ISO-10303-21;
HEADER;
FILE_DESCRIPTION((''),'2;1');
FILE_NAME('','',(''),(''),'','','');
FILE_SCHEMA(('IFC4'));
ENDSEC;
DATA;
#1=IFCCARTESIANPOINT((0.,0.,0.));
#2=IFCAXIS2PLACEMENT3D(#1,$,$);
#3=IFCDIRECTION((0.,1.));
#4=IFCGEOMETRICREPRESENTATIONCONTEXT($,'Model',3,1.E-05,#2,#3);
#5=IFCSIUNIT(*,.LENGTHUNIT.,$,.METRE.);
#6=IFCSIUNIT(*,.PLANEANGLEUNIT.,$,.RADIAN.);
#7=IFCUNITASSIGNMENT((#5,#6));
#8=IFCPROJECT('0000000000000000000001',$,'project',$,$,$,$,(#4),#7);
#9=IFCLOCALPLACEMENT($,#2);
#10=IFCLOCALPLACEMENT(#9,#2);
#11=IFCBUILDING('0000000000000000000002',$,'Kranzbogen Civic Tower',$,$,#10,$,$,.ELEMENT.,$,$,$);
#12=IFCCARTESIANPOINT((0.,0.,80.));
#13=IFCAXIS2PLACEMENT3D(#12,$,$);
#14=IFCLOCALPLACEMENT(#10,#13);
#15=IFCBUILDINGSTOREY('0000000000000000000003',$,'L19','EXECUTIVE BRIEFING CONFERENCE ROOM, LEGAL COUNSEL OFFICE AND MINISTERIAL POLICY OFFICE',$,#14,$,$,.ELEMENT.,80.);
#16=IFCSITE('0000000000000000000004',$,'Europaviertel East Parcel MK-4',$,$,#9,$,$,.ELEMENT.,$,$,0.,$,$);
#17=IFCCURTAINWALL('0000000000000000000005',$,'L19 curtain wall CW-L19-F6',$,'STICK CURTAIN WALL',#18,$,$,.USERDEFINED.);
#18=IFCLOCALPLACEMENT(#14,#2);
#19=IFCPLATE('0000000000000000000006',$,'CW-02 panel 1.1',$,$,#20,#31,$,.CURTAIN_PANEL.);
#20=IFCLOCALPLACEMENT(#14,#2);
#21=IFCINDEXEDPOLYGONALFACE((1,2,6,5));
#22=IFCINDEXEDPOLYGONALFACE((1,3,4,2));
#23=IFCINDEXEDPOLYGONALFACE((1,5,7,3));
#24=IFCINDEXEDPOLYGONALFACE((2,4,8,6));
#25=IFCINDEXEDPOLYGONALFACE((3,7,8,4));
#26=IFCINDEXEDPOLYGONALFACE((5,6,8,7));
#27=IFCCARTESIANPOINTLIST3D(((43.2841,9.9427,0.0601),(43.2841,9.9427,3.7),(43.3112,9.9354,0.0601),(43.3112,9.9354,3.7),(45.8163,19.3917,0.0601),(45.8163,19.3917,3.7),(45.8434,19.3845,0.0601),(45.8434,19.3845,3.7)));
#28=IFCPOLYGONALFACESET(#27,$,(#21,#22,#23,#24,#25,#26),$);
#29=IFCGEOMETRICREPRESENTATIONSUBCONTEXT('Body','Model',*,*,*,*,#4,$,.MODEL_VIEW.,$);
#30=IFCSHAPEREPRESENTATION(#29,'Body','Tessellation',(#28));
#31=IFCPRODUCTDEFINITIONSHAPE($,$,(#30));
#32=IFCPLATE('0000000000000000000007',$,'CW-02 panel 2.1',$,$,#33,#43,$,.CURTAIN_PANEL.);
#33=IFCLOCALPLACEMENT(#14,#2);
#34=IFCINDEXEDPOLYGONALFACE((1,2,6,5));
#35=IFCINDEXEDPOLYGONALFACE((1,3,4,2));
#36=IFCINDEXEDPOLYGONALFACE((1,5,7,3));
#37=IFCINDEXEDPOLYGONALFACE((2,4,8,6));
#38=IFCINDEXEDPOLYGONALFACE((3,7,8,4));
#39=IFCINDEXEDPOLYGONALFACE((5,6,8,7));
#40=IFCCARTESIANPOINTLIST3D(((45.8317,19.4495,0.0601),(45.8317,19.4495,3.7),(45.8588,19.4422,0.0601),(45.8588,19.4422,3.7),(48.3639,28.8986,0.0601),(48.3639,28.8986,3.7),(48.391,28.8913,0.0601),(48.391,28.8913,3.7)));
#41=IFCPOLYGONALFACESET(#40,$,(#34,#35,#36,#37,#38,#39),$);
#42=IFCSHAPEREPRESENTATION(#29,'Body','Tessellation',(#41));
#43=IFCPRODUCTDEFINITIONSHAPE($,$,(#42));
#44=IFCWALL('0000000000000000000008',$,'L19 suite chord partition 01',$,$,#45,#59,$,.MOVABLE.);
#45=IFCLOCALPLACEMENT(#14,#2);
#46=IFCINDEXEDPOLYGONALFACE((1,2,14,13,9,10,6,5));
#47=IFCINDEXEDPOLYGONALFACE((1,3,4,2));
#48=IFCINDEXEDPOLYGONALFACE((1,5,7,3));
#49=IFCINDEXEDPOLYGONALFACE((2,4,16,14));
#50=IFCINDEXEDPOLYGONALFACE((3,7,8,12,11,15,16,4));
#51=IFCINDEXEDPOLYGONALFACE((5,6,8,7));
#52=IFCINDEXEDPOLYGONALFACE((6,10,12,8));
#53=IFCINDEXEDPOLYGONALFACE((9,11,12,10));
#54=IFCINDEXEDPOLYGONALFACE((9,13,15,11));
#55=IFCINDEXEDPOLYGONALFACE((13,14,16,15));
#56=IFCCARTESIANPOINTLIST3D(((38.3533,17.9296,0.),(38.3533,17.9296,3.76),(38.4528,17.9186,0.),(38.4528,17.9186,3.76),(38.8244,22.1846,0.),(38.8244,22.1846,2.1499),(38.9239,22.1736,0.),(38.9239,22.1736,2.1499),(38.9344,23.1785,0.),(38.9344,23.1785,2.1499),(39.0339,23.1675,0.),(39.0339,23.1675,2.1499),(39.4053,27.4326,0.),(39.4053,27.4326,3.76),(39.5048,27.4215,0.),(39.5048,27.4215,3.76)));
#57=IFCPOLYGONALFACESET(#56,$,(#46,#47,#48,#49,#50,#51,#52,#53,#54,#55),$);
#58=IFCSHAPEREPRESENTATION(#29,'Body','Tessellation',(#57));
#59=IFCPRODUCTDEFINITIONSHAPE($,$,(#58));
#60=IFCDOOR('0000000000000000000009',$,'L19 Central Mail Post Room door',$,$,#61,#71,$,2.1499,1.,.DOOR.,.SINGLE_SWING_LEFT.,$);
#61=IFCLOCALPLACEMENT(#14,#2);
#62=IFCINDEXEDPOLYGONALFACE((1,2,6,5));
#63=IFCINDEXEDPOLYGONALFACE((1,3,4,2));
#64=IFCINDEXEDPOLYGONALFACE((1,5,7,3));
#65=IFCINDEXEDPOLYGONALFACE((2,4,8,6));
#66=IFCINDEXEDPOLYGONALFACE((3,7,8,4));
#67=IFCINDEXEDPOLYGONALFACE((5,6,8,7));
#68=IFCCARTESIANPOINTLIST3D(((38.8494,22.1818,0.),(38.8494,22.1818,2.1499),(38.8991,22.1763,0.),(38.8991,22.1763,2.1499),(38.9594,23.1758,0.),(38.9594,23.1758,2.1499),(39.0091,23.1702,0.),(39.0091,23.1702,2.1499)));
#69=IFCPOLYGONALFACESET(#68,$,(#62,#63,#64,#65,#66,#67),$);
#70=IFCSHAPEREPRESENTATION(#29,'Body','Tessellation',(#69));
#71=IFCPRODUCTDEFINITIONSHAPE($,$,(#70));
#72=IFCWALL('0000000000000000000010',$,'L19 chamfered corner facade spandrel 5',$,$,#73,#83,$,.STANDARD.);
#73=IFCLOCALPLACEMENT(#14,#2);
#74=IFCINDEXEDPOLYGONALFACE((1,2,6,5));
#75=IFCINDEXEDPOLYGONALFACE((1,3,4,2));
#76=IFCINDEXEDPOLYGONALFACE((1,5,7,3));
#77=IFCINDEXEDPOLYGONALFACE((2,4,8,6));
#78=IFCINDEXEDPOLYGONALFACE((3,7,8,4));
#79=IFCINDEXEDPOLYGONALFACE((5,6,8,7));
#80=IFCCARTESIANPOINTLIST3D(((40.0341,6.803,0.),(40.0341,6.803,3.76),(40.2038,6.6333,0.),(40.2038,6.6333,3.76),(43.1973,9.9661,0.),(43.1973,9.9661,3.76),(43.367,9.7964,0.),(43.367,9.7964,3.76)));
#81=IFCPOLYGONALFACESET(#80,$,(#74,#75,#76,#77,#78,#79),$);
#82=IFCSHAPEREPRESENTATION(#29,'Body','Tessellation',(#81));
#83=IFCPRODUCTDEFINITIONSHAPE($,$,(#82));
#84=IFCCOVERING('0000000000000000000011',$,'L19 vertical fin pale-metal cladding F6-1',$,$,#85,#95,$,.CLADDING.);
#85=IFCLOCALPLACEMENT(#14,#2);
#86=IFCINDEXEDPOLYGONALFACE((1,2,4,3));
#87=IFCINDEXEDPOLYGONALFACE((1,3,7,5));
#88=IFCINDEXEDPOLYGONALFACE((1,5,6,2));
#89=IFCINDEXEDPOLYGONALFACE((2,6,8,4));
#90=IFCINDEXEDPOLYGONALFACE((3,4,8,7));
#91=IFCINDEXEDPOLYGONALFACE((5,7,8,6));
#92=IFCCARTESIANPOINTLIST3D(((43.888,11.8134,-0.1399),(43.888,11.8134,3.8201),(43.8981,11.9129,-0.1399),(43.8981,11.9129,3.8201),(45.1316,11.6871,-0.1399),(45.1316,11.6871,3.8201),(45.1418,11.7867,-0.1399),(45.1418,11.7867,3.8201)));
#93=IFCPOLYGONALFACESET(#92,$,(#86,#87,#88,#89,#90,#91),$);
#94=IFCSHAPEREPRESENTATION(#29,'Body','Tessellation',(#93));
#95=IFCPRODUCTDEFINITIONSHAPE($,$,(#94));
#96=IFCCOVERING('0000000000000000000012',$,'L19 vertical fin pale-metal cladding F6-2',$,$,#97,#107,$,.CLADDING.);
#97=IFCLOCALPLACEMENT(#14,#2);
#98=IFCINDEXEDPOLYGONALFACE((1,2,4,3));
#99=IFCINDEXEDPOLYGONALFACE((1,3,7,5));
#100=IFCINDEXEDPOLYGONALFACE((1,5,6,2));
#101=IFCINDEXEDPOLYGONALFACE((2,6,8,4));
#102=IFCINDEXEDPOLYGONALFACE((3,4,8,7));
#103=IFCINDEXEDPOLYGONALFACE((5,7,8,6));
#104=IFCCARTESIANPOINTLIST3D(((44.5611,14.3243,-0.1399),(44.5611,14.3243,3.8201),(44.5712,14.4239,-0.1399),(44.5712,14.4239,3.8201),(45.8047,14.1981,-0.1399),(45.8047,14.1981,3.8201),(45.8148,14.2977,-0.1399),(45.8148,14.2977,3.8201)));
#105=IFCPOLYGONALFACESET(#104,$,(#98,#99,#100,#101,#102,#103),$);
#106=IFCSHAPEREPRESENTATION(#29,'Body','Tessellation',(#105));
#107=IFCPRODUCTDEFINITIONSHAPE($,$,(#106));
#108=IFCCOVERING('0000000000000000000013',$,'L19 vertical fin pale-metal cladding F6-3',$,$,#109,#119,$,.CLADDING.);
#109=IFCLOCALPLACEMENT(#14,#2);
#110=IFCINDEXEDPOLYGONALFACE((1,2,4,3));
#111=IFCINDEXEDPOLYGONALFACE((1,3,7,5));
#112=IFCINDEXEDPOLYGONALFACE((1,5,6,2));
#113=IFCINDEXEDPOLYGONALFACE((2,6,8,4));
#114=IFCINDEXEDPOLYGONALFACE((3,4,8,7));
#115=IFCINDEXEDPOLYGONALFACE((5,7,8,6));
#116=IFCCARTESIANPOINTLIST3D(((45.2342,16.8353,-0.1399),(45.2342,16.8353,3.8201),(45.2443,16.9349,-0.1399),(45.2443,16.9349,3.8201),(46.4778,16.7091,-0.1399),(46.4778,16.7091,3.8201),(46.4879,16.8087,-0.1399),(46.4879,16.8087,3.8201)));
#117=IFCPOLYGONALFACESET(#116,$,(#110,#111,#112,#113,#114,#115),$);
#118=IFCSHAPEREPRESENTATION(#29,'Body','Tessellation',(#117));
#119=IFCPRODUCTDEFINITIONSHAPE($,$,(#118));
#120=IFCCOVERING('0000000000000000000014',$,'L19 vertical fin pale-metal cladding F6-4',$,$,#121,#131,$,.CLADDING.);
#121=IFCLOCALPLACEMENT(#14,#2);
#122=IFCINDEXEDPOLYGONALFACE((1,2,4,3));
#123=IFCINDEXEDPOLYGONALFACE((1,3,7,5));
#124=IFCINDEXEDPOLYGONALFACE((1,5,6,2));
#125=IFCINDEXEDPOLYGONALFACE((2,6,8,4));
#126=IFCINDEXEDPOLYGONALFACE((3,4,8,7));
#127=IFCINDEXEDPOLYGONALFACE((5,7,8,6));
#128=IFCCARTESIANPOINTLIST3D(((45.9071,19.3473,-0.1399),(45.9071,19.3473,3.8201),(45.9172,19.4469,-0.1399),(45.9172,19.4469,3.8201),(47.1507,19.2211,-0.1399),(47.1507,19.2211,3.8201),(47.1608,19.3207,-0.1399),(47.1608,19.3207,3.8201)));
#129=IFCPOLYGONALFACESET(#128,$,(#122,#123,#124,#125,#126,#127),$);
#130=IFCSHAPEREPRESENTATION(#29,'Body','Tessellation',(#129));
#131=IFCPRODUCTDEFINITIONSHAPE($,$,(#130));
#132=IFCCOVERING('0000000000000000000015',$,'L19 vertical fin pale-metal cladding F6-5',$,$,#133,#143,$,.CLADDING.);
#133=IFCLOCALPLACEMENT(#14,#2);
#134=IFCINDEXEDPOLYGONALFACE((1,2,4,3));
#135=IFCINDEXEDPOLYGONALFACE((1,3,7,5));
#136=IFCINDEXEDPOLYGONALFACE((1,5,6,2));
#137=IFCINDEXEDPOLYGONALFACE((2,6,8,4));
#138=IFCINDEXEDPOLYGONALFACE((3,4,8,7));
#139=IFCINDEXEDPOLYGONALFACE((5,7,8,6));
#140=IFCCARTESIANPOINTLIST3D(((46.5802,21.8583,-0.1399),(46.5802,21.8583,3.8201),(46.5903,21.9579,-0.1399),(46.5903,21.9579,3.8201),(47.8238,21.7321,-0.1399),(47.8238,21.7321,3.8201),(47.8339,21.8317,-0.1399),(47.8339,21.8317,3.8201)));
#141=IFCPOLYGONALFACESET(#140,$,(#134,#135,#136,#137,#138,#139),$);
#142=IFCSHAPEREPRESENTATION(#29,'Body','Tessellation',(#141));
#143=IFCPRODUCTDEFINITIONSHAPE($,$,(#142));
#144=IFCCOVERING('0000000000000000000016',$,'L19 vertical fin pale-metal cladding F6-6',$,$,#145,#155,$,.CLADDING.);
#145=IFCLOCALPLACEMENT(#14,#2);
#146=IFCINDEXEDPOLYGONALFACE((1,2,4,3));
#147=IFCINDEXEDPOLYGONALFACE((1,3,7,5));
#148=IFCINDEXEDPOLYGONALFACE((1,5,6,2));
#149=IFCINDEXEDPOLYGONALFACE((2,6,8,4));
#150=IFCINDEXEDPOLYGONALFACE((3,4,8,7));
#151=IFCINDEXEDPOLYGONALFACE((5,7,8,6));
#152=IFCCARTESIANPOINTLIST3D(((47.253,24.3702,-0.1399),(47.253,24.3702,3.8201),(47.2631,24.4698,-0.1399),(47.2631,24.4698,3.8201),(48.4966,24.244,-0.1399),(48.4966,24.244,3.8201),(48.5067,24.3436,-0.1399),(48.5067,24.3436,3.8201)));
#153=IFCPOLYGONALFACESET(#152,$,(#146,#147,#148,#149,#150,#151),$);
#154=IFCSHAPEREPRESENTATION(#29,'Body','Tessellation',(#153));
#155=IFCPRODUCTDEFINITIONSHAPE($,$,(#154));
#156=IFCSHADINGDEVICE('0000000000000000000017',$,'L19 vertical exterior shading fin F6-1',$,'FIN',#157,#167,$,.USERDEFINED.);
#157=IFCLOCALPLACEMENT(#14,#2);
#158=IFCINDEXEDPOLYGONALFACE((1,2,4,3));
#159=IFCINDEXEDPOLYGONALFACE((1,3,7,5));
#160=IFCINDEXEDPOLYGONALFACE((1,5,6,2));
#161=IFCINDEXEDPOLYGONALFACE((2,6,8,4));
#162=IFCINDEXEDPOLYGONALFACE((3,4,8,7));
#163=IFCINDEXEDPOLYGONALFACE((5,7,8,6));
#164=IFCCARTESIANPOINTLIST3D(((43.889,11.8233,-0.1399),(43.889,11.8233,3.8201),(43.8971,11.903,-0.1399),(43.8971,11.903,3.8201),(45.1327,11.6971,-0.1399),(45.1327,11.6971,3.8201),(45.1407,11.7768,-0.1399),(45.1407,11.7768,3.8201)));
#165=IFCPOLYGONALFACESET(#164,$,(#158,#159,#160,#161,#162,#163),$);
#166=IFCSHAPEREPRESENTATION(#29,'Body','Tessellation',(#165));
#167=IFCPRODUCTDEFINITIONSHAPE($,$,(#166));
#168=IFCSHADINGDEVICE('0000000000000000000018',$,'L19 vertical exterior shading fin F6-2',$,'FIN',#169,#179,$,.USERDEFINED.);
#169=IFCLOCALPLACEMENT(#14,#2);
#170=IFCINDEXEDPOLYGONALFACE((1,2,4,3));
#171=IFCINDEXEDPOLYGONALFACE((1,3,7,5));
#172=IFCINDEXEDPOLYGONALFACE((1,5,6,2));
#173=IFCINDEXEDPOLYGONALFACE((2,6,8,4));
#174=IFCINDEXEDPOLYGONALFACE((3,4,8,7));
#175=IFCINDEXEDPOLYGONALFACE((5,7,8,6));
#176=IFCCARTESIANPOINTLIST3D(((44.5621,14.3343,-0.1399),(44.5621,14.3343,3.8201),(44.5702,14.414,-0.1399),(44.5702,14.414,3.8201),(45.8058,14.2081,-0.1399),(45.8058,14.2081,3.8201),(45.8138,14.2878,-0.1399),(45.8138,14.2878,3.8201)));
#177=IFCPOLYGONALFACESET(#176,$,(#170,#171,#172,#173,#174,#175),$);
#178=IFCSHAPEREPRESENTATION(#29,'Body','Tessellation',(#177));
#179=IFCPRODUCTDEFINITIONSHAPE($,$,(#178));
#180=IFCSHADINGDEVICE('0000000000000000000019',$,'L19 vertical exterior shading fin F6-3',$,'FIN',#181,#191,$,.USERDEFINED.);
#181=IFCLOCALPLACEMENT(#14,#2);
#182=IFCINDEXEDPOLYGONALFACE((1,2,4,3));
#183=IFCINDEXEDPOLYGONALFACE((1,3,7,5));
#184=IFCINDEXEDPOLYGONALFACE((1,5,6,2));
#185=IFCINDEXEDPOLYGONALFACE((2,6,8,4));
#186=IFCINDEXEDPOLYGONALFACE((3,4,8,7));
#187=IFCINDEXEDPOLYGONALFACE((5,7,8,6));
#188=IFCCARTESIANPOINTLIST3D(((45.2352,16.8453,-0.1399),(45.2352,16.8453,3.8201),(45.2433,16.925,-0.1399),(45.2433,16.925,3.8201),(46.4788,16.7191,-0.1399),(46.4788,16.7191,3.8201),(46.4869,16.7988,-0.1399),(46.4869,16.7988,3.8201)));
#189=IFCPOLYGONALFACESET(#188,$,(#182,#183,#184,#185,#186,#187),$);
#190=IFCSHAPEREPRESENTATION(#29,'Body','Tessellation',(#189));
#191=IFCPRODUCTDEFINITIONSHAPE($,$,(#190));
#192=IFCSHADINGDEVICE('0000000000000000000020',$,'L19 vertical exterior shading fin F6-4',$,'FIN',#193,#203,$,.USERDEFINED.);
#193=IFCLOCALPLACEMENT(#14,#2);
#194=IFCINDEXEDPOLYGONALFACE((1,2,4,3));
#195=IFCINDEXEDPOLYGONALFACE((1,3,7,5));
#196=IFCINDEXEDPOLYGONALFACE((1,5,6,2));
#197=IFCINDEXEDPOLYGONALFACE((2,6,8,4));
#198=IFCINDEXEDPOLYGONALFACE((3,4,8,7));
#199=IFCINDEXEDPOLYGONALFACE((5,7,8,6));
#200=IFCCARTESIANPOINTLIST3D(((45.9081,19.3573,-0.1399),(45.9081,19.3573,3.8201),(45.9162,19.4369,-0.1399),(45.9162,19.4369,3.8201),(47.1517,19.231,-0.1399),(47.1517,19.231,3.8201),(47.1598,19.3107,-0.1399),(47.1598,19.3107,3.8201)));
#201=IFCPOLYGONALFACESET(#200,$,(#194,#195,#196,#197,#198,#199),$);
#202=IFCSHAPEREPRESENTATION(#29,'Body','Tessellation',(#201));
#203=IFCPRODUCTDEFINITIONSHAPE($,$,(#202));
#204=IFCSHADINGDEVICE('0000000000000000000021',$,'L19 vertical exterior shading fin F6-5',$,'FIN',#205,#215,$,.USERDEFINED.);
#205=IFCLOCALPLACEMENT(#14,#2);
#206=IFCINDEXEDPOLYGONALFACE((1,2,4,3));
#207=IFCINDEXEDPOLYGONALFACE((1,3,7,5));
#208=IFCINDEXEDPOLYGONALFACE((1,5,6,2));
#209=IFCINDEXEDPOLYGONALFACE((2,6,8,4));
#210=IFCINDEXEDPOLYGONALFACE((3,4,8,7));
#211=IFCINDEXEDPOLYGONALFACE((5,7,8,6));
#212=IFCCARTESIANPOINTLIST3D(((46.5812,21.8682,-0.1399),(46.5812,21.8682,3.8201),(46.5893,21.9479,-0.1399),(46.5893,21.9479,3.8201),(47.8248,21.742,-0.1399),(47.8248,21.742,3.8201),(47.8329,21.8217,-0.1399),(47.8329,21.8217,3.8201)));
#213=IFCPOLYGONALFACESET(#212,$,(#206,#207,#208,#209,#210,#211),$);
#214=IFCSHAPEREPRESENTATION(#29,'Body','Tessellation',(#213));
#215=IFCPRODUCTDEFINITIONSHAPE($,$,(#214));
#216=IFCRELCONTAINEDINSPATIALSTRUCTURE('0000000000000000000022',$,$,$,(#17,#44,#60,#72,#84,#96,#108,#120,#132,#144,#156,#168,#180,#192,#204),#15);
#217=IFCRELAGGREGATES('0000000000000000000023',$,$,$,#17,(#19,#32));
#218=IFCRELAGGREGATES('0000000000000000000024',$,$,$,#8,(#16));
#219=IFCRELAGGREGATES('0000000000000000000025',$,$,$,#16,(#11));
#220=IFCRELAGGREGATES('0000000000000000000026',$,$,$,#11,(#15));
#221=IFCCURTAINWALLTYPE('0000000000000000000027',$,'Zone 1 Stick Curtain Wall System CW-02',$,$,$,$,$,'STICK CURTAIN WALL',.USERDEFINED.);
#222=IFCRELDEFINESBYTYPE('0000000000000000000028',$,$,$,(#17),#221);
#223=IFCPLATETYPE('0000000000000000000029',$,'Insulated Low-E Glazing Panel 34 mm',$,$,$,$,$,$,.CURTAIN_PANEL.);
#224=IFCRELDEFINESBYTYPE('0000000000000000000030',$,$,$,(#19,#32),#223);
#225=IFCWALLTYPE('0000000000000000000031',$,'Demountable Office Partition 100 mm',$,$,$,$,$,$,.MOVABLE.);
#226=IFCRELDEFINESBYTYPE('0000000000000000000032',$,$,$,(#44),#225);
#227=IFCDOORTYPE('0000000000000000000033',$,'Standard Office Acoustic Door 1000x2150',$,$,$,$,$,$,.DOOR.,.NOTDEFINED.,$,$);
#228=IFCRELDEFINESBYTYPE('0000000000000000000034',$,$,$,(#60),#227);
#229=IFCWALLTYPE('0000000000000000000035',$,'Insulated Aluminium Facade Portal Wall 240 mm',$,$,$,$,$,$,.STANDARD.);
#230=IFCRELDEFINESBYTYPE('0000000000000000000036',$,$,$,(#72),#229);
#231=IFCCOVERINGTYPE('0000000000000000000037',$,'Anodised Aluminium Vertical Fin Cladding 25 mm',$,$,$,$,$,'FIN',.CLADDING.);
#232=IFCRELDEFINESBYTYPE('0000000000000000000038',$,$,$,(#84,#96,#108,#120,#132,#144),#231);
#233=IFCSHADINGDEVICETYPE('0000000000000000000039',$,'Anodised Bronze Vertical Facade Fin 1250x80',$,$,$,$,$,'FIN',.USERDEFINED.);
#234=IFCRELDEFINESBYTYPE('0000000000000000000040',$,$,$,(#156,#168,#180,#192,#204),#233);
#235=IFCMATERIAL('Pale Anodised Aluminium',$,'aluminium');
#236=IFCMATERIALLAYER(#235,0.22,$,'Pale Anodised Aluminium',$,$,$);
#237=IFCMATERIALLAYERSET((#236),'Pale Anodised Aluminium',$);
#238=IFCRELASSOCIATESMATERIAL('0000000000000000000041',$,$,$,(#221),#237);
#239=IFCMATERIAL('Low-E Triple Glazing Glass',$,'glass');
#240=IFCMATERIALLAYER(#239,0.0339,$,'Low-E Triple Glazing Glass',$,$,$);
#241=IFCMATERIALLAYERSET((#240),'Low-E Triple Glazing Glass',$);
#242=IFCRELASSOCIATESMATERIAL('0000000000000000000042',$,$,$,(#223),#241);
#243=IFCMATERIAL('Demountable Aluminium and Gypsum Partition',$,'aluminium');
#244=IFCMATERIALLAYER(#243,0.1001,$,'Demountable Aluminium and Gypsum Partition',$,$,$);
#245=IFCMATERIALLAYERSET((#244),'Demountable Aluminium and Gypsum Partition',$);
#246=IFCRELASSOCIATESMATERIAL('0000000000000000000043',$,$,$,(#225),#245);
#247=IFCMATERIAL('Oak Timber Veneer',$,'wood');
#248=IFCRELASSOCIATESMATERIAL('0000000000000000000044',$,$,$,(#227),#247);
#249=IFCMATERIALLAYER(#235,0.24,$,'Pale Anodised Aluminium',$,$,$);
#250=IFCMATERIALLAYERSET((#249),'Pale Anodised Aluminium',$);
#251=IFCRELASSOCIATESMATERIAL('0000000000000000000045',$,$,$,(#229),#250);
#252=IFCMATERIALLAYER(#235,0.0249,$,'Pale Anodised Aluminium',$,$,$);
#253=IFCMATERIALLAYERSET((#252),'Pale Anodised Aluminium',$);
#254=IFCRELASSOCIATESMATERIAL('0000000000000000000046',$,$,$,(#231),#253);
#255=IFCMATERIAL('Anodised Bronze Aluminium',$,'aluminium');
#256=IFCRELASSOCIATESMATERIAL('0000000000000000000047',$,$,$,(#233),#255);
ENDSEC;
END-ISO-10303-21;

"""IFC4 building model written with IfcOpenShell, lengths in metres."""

from ifc_helpers import new_model, si_unit, direction, frame, frame_2d, origin, origin_2d, place, context, subcontext, project, spatial, rectangle, extrude, material, layer, layer_set, type_object, element, fill, aggregate, save


model = new_model("IFC4")

# Units and contexts
model_context = context("Model", 3, precision=1e-05, world=origin(), true_north=direction((0.0, 1.0)))
body_context = subcontext(model_context, "Body", "Model", "MODEL_VIEW")
ifc_project = project(units=[si_unit("LENGTHUNIT", "METRE"), si_unit("PLANEANGLEUNIT", "RADIAN")], contexts=[model_context])

# Site, building, storey
site_placement = place(None, origin())
site = spatial("IfcSite", under=ifc_project, at=site_placement, Name="Europaviertel East Parcel MK-4", CompositionType="ELEMENT", RefElevation=0.0)
building_placement = place(site_placement, origin())
building = spatial("IfcBuilding", under=site, at=building_placement, Name="Kranzbogen Civic Tower", CompositionType="ELEMENT")
storey_placement = place(building_placement, frame((0.0, 0.0, 80.0)))
storey = spatial("IfcBuildingStorey", under=building, at=storey_placement, Name="L19", Description="EXECUTIVE BRIEFING CONFERENCE ROOM, LEGAL COUNSEL OFFICE AND MINISTERIAL POLICY OFFICE", CompositionType="ELEMENT", Elevation=80.0)

# Shared definitions
ifc_material_1 = material(Name="Pale Anodised Aluminium", Category="aluminium")
ifc_layer_1 = layer(ifc_material_1, 0.22, Name="Pale Anodised Aluminium")
ifc_layer_set_1 = layer_set([ifc_layer_1], Name="Pale Anodised Aluminium")
curtain_wall_type = type_object("IfcCurtainWallType", Name="Zone 1 Stick Curtain Wall System CW-02", ElementType="STICK CURTAIN WALL", PredefinedType="USERDEFINED", material=ifc_layer_set_1)

# Curtain wall
curtain_wall_1_placement = place(storey_placement, origin())
curtain_wall_1 = element("IfcCurtainWall", 1, at=curtain_wall_1_placement, inside=storey, type_object=curtain_wall_type, Name="L19 curtain wall CW-L19-F6", ObjectType="STICK CURTAIN WALL", PredefinedType="USERDEFINED")

# Plates
ifc_material_2 = material(Name="Low-E Triple Glazing Glass", Category="glass")
ifc_layer_2 = layer(ifc_material_2, 0.0339, Name="Low-E Triple Glazing Glass")
ifc_layer_set_2 = layer_set([ifc_layer_2], Name="Low-E Triple Glazing Glass")
plate_type = type_object("IfcPlateType", Name="Insulated Low-E Glazing Panel 34 mm", PredefinedType="CURTAIN_PANEL", material=ifc_layer_set_2)
plate_1_placement = place(storey_placement, frame((44.5637, 14.6636, 0.0601), z_axis=(0.0, 0.0, 1.0), x_axis=(0.258851, 0.965917, 0.0)))
plate_1 = element("IfcPlate", 2, at=plate_1_placement, type_object=plate_type, Name="CW-02 panel 1.1", PredefinedType="CURTAIN_PANEL", context=body_context, shape_type="SweptSolid", body=[
    extrude(rectangle(XDim=9.7825, YDim=0.0281, at=origin_2d()), origin(), (0.0, 0.0, 1.0), 3.6399),
])
plate_2_placement = place(storey_placement, frame((47.1113, 24.1704, 0.0601), z_axis=(0.0, 0.0, 1.0), x_axis=(0.258851, 0.965917, 0.0)))
plate_2 = element("IfcPlate", 3, at=plate_2_placement, type_object=plate_type, Name="CW-02 panel 2.1", PredefinedType="CURTAIN_PANEL", context=body_context, shape_type="SweptSolid", body=[
    extrude(rectangle(XDim=9.7825, YDim=0.0281, at=origin_2d()), origin(), (0.0, 0.0, 1.0), 3.6399),
])
aggregate(curtain_wall_1, [plate_1, plate_2])

# Wall, opening, door
ifc_material_3 = material(Name="Demountable Aluminium and Gypsum Partition", Category="aluminium")
ifc_layer_3 = layer(ifc_material_3, 0.1001, Name="Demountable Aluminium and Gypsum Partition")
ifc_layer_set_3 = layer_set([ifc_layer_3], Name="Demountable Aluminium and Gypsum Partition")
wall_type_1 = type_object("IfcWallType", Name="Demountable Office Partition 100 mm", PredefinedType="MOVABLE", material=ifc_layer_set_3)
wall_1_placement = place(storey_placement, frame((38.4031, 17.9241, 0.0), z_axis=(0.0, 0.0, 1.0), x_axis=(0.110031, 0.993928, 0.0)))
wall_1 = element("IfcWall", 4, at=wall_1_placement, inside=storey, type_object=wall_type_1, Name="L19 suite chord partition 01", PredefinedType="MOVABLE", context=body_context, shape_type="SweptSolid", body=[
    extrude(rectangle(XDim=9.561, YDim=0.1001, at=frame_2d((4.7805, 0.0))), origin(), (0.0, 0.0, 1.0), 3.76),
])
opening_placement = place(wall_1_placement, frame((4.281, 0.0, 0.0)))
opening = element("IfcOpeningElement", 5, at=opening_placement, cuts=wall_1, PredefinedType="OPENING", context=body_context, shape_type="SweptSolid", body=[
    extrude(rectangle(XDim=1.0, YDim=2.1499, at=frame_2d((0.5, 1.075))), frame((0.0, 0.0601, 0.0), z_axis=(0.0, -1.0, 0.0), x_axis=(1.0, 0.0, 0.0)), (0.0, 0.0, 1.0), 0.1201),
])
ifc_material_4 = material(Name="Oak Timber Veneer", Category="wood")
door_type = type_object("IfcDoorType", Name="Standard Office Acoustic Door 1000x2150", OperationType="NOTDEFINED", PredefinedType="DOOR", material=ifc_material_4)
door_placement = place(opening_placement, origin())
door = element("IfcDoor", 6, at=door_placement, inside=storey, type_object=door_type, Name="L19 Central Mail Post Room door", OperationType="SINGLE_SWING_LEFT", OverallHeight=2.1499, OverallWidth=1.0, PredefinedType="DOOR", context=body_context, shape_type="SweptSolid", body=[
    extrude(rectangle(XDim=1.0, YDim=2.1499, at=frame_2d((0.5, 1.075))), frame((0.0, 0.0249, 0.0), z_axis=(0.0, -1.0, 0.0), x_axis=(1.0, 0.0, 0.0)), (0.0, 0.0, 1.0), 0.05),
])
fill(opening, door)

# Wall
ifc_layer_4 = layer(ifc_material_1, 0.24, Name="Pale Anodised Aluminium")
ifc_layer_set_4 = layer_set([ifc_layer_4], Name="Pale Anodised Aluminium")
wall_type_2 = type_object("IfcWallType", Name="Insulated Aluminium Facade Portal Wall 240 mm", PredefinedType="STANDARD", material=ifc_layer_set_4)
wall_2_placement = place(storey_placement, frame((40.1189, 6.718, 0.0), z_axis=(0.0, 0.0, 1.0), x_axis=(0.707107, 0.707107, 0.0)))
element("IfcWall", 7, at=wall_2_placement, inside=storey, type_object=wall_type_2, Name="L19 chamfered corner facade spandrel 5", PredefinedType="STANDARD", context=body_context, shape_type="SweptSolid", body=[
    extrude(rectangle(XDim=4.4734, YDim=0.24, at=frame_2d((2.2368, 0.0))), origin(), (0.0, 0.0, 1.0), 3.76),
])

# Coverings
ifc_layer_5 = layer(ifc_material_1, 0.0249, Name="Pale Anodised Aluminium")
ifc_layer_set_5 = layer_set([ifc_layer_5], Name="Pale Anodised Aluminium")
covering_type = type_object("IfcCoveringType", Name="Anodised Aluminium Vertical Fin Cladding 25 mm", ElementType="FIN", PredefinedType="CLADDING", material=ifc_layer_set_5)
for number, where, z_axis, x_axis, name in (
    (8, (44.5149, 11.8, -0.1399), (0.0, 0.0, 1.0), (0.99489, -0.100969, 0.0), "L19 vertical fin pale-metal cladding F6-1"),
    (9, (45.188, 14.311, -0.1399), (0.0, 0.0, 1.0), (0.99489, -0.100969, 0.0), "L19 vertical fin pale-metal cladding F6-2"),
    (10, (45.8611, 16.822, -0.1399), (0.0, 0.0, 1.0), (0.99489, -0.100969, 0.0), "L19 vertical fin pale-metal cladding F6-3"),
    (11, (46.5339, 19.334, -0.1399), (0.0, 0.0, 1.0), (0.99489, -0.100969, 0.0), "L19 vertical fin pale-metal cladding F6-4"),
    (12, (47.207, 21.845, -0.1399), (0.0, 0.0, 1.0), (0.99489, -0.100969, 0.0), "L19 vertical fin pale-metal cladding F6-5"),
    (13, (47.8799, 24.3569, -0.1399), (0.0, 0.0, 1.0), (0.99489, -0.100969, 0.0), "L19 vertical fin pale-metal cladding F6-6"),
):
    element("IfcCovering", number, at=place(storey_placement, frame(where, z_axis=z_axis, x_axis=x_axis)), inside=storey, type_object=covering_type, Name=name, PredefinedType="CLADDING", context=body_context, shape_type="SweptSolid", body=[
        extrude(rectangle(XDim=1.25, YDim=0.1001, at=origin_2d()), origin(), (0.0, 0.0, 1.0), 3.96),
    ])

# Shading devices
ifc_material_5 = material(Name="Anodised Bronze Aluminium", Category="aluminium")
shading_device_type = type_object("IfcShadingDeviceType", Name="Anodised Bronze Vertical Facade Fin 1250x80", ElementType="FIN", PredefinedType="USERDEFINED", material=ifc_material_5)
for number, where, z_axis, x_axis, name in (
    (14, (44.5149, 11.8, -0.1399), (0.0, 0.0, 1.0), (0.99489, -0.100969, 0.0), "L19 vertical exterior shading fin F6-1"),
    (15, (45.188, 14.311, -0.1399), (0.0, 0.0, 1.0), (0.99489, -0.100969, 0.0), "L19 vertical exterior shading fin F6-2"),
    (16, (45.8611, 16.822, -0.1399), (0.0, 0.0, 1.0), (0.99489, -0.100969, 0.0), "L19 vertical exterior shading fin F6-3"),
    (17, (46.5339, 19.334, -0.1399), (0.0, 0.0, 1.0), (0.99489, -0.100969, 0.0), "L19 vertical exterior shading fin F6-4"),
    (18, (47.207, 21.845, -0.1399), (0.0, 0.0, 1.0), (0.99489, -0.100969, 0.0), "L19 vertical exterior shading fin F6-5"),
):
    element("IfcShadingDevice", number, at=place(storey_placement, frame(where, z_axis=z_axis, x_axis=x_axis)), inside=storey, type_object=shading_device_type, Name=name, ObjectType="FIN", PredefinedType="USERDEFINED", context=body_context, shape_type="SweptSolid", body=[
        extrude(rectangle(XDim=1.25, YDim=0.0801, at=origin_2d()), origin(), (0.0, 0.0, 1.0), 3.96),
    ])

save(model, "model.ifc")
